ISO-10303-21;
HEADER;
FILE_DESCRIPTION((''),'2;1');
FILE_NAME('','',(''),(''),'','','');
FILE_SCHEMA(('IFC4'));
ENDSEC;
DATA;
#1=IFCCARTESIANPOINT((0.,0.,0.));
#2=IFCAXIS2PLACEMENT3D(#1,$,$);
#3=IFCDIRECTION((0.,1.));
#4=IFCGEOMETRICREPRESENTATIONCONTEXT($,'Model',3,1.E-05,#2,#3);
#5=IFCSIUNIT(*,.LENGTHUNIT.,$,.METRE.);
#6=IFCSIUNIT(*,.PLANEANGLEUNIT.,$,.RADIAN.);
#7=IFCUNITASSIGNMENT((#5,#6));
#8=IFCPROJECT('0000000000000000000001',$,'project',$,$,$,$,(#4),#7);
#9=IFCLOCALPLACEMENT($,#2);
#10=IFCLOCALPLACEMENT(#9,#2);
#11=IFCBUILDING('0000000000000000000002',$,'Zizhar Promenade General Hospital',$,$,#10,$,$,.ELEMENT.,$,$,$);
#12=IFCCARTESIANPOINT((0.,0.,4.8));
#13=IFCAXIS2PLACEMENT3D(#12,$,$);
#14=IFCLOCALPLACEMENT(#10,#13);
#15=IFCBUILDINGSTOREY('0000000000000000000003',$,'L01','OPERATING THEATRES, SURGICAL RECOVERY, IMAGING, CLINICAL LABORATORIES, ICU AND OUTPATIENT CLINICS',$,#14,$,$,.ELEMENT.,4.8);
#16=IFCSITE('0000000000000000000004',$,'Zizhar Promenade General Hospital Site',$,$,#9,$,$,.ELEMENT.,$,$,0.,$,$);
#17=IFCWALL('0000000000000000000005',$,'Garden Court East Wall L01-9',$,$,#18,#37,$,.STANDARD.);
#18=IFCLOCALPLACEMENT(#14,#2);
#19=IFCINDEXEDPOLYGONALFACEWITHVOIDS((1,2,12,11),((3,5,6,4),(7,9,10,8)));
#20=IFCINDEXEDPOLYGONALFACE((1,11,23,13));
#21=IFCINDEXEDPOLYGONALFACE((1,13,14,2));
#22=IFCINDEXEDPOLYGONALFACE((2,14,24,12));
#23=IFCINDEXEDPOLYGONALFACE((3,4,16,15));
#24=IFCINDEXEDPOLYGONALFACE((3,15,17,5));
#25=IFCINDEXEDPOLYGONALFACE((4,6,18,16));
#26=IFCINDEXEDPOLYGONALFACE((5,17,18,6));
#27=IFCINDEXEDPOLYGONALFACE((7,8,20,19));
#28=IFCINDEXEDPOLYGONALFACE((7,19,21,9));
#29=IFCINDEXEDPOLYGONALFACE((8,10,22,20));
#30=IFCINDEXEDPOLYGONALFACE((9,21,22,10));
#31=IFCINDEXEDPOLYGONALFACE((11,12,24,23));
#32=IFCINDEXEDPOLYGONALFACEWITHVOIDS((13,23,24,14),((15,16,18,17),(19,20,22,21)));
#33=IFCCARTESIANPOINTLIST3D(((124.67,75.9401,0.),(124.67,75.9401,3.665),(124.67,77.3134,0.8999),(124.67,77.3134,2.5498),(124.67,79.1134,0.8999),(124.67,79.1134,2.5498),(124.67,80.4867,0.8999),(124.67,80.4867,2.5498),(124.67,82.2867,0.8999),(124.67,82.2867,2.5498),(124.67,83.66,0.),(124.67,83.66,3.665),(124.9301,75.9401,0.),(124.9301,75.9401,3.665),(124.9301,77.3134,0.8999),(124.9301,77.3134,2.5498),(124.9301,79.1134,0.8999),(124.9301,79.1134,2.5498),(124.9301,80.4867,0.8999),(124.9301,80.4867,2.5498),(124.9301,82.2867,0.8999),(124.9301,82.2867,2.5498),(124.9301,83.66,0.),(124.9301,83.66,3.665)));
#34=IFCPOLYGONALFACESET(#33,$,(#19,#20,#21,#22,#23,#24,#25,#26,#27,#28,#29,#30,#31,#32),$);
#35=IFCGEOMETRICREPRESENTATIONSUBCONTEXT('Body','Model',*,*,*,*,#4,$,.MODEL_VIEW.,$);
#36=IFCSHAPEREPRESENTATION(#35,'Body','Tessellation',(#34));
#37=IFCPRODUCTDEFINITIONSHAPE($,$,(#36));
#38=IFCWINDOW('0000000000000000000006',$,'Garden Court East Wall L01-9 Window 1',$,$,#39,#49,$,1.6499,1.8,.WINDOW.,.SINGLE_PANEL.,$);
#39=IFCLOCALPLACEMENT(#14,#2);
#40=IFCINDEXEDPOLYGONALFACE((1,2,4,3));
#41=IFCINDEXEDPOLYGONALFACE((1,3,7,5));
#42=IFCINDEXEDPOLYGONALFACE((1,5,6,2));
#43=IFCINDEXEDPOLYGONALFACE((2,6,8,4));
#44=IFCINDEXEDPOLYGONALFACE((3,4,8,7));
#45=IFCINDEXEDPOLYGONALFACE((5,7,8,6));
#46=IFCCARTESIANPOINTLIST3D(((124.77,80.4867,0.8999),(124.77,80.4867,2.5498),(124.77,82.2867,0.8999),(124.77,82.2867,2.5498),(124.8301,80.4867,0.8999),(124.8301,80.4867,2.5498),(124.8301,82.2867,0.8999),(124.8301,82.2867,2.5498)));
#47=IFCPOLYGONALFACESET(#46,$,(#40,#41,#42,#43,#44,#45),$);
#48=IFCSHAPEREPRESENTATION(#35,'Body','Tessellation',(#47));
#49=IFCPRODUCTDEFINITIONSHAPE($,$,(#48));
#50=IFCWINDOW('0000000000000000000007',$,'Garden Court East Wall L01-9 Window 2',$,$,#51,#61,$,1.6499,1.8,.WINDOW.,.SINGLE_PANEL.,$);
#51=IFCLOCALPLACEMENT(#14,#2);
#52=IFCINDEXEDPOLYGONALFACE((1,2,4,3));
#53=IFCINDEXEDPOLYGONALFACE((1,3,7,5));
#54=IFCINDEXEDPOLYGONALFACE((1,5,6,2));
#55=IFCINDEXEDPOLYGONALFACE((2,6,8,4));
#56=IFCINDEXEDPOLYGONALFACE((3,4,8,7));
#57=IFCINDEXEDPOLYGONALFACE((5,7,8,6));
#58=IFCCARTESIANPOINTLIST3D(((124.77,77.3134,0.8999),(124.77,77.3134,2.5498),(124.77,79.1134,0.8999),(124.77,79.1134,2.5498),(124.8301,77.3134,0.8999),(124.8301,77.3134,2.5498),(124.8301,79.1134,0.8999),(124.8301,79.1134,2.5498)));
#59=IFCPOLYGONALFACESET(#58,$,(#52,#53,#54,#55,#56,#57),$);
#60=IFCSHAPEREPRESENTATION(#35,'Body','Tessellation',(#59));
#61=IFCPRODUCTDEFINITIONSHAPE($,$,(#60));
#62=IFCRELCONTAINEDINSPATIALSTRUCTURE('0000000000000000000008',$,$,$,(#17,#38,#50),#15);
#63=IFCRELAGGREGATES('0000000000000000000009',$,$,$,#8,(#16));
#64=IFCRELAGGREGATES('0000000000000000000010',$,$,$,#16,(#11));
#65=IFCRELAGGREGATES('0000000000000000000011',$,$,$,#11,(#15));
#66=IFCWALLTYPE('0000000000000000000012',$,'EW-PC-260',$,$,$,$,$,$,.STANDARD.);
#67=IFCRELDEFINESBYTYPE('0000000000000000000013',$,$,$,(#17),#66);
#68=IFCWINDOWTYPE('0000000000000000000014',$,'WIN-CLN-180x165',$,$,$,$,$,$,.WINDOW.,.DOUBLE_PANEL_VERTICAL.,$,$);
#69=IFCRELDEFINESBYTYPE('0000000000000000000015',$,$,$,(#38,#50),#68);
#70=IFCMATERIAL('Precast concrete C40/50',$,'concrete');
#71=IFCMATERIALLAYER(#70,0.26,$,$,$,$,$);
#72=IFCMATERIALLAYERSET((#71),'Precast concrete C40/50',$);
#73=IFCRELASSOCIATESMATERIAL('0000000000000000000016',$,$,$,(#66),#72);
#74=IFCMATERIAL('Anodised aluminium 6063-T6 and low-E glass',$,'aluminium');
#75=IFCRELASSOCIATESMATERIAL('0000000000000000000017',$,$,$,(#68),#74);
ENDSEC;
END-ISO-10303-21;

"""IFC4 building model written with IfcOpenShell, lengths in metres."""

from ifc_helpers import new_model, si_unit, direction, frame, frame_2d, origin, place, context, subcontext, project, spatial, rectangle, extrude, material, layer, layer_set, type_object, element, fill, save


model = new_model("IFC4")

# Units and contexts
model_context = context("Model", 3, precision=1e-05, world=origin(), true_north=direction((0.0, 1.0)))
body_context = subcontext(model_context, "Body", "Model", "MODEL_VIEW")
ifc_project = project(units=[si_unit("LENGTHUNIT", "METRE"), si_unit("PLANEANGLEUNIT", "RADIAN")], contexts=[model_context])

# Site, building, storey
site_placement = place(None, origin())
site = spatial("IfcSite", under=ifc_project, at=site_placement, Name="Zizhar Promenade General Hospital Site", CompositionType="ELEMENT", RefElevation=0.0)
building_placement = place(site_placement, origin())
building = spatial("IfcBuilding", under=site, at=building_placement, Name="Zizhar Promenade General Hospital", CompositionType="ELEMENT")
storey_placement = place(building_placement, frame((0.0, 0.0, 4.8)))
storey = spatial("IfcBuildingStorey", under=building, at=storey_placement, Name="L01", Description="OPERATING THEATRES, SURGICAL RECOVERY, IMAGING, CLINICAL LABORATORIES, ICU AND OUTPATIENT CLINICS", CompositionType="ELEMENT", Elevation=4.8)

# Wall, openings, windows
ifc_material_1 = material(Name="Precast concrete C40/50", Category="concrete")
ifc_layer_1 = layer(ifc_material_1, 0.26)
ifc_layer_set_1 = layer_set([ifc_layer_1], Name="Precast concrete C40/50")
wall_type = type_object("IfcWallType", Name="EW-PC-260", PredefinedType="STANDARD", material=ifc_layer_set_1)
ifc_material_2 = material(Name="Anodised aluminium 6063-T6 and low-E glass", Category="aluminium")
window_type = type_object("IfcWindowType", Name="WIN-CLN-180x165", PartitioningType="DOUBLE_PANEL_VERTICAL", PredefinedType="WINDOW", material=ifc_material_2)
wall_1_placement = place(storey_placement, frame((124.8, 83.6599, 0.0), z_axis=(0.0, 0.0, 1.0), x_axis=(0.0, -1.0, 0.0)))
wall_1 = element("IfcWall", 1, at=wall_1_placement, inside=storey, type_object=wall_type, Name="Garden Court East Wall L01-9", PredefinedType="STANDARD", context=body_context, shape_type="SweptSolid", body=[
    extrude(rectangle(XDim=7.72, YDim=0.26, at=frame_2d((3.8599, 0.0))), origin(), (0.0, 0.0, 1.0), 3.665),
])
opening_1_placement = place(wall_1_placement, frame((1.3733, 0.0, 0.8999)))
opening_1 = element("IfcOpeningElement", 2, at=opening_1_placement, cuts=wall_1, PredefinedType="OPENING", context=body_context, shape_type="SweptSolid", body=[
    extrude(rectangle(XDim=1.8, YDim=1.6499, at=frame_2d((0.8999, 0.825))), frame((0.0, 0.1401, 0.0), z_axis=(0.0, -1.0, 0.0), x_axis=(1.0, 0.0, 0.0)), (0.0, 0.0, 1.0), 0.28),
])
opening_2_placement = place(wall_1_placement, frame((4.5466, 0.0, 0.8999)))
opening_2 = element("IfcOpeningElement", 3, at=opening_2_placement, cuts=wall_1, PredefinedType="OPENING", context=body_context, shape_type="SweptSolid", body=[
    extrude(rectangle(XDim=1.8, YDim=1.6499, at=frame_2d((0.8999, 0.825))), frame((0.0, 0.1401, 0.0), z_axis=(0.0, -1.0, 0.0), x_axis=(1.0, 0.0, 0.0)), (0.0, 0.0, 1.0), 0.28),
])
window_1_placement = place(opening_1_placement, origin())
window_1 = element("IfcWindow", 4, at=window_1_placement, inside=storey, type_object=window_type, Name="Garden Court East Wall L01-9 Window 1", OverallHeight=1.6499, OverallWidth=1.8, PartitioningType="SINGLE_PANEL", PredefinedType="WINDOW", context=body_context, shape_type="SweptSolid", body=[
    extrude(rectangle(XDim=1.8, YDim=1.6499, at=frame_2d((0.8999, 0.825))), frame((0.0, 0.03, 0.0), z_axis=(0.0, -1.0, 0.0), x_axis=(1.0, 0.0, 0.0)), (0.0, 0.0, 1.0), 0.0601),
])
fill(opening_1, window_1)
window_2_placement = place(opening_2_placement, origin())
window_2 = element("IfcWindow", 5, at=window_2_placement, inside=storey, type_object=window_type, Name="Garden Court East Wall L01-9 Window 2", OverallHeight=1.6499, OverallWidth=1.8, PartitioningType="SINGLE_PANEL", PredefinedType="WINDOW", context=body_context, shape_type="SweptSolid", body=[
    extrude(rectangle(XDim=1.8, YDim=1.6499, at=frame_2d((0.8999, 0.825))), frame((0.0, 0.03, 0.0), z_axis=(0.0, -1.0, 0.0), x_axis=(1.0, 0.0, 0.0)), (0.0, 0.0, 1.0), 0.0601),
])
fill(opening_2, window_2)

save(model, "model.ifc")
